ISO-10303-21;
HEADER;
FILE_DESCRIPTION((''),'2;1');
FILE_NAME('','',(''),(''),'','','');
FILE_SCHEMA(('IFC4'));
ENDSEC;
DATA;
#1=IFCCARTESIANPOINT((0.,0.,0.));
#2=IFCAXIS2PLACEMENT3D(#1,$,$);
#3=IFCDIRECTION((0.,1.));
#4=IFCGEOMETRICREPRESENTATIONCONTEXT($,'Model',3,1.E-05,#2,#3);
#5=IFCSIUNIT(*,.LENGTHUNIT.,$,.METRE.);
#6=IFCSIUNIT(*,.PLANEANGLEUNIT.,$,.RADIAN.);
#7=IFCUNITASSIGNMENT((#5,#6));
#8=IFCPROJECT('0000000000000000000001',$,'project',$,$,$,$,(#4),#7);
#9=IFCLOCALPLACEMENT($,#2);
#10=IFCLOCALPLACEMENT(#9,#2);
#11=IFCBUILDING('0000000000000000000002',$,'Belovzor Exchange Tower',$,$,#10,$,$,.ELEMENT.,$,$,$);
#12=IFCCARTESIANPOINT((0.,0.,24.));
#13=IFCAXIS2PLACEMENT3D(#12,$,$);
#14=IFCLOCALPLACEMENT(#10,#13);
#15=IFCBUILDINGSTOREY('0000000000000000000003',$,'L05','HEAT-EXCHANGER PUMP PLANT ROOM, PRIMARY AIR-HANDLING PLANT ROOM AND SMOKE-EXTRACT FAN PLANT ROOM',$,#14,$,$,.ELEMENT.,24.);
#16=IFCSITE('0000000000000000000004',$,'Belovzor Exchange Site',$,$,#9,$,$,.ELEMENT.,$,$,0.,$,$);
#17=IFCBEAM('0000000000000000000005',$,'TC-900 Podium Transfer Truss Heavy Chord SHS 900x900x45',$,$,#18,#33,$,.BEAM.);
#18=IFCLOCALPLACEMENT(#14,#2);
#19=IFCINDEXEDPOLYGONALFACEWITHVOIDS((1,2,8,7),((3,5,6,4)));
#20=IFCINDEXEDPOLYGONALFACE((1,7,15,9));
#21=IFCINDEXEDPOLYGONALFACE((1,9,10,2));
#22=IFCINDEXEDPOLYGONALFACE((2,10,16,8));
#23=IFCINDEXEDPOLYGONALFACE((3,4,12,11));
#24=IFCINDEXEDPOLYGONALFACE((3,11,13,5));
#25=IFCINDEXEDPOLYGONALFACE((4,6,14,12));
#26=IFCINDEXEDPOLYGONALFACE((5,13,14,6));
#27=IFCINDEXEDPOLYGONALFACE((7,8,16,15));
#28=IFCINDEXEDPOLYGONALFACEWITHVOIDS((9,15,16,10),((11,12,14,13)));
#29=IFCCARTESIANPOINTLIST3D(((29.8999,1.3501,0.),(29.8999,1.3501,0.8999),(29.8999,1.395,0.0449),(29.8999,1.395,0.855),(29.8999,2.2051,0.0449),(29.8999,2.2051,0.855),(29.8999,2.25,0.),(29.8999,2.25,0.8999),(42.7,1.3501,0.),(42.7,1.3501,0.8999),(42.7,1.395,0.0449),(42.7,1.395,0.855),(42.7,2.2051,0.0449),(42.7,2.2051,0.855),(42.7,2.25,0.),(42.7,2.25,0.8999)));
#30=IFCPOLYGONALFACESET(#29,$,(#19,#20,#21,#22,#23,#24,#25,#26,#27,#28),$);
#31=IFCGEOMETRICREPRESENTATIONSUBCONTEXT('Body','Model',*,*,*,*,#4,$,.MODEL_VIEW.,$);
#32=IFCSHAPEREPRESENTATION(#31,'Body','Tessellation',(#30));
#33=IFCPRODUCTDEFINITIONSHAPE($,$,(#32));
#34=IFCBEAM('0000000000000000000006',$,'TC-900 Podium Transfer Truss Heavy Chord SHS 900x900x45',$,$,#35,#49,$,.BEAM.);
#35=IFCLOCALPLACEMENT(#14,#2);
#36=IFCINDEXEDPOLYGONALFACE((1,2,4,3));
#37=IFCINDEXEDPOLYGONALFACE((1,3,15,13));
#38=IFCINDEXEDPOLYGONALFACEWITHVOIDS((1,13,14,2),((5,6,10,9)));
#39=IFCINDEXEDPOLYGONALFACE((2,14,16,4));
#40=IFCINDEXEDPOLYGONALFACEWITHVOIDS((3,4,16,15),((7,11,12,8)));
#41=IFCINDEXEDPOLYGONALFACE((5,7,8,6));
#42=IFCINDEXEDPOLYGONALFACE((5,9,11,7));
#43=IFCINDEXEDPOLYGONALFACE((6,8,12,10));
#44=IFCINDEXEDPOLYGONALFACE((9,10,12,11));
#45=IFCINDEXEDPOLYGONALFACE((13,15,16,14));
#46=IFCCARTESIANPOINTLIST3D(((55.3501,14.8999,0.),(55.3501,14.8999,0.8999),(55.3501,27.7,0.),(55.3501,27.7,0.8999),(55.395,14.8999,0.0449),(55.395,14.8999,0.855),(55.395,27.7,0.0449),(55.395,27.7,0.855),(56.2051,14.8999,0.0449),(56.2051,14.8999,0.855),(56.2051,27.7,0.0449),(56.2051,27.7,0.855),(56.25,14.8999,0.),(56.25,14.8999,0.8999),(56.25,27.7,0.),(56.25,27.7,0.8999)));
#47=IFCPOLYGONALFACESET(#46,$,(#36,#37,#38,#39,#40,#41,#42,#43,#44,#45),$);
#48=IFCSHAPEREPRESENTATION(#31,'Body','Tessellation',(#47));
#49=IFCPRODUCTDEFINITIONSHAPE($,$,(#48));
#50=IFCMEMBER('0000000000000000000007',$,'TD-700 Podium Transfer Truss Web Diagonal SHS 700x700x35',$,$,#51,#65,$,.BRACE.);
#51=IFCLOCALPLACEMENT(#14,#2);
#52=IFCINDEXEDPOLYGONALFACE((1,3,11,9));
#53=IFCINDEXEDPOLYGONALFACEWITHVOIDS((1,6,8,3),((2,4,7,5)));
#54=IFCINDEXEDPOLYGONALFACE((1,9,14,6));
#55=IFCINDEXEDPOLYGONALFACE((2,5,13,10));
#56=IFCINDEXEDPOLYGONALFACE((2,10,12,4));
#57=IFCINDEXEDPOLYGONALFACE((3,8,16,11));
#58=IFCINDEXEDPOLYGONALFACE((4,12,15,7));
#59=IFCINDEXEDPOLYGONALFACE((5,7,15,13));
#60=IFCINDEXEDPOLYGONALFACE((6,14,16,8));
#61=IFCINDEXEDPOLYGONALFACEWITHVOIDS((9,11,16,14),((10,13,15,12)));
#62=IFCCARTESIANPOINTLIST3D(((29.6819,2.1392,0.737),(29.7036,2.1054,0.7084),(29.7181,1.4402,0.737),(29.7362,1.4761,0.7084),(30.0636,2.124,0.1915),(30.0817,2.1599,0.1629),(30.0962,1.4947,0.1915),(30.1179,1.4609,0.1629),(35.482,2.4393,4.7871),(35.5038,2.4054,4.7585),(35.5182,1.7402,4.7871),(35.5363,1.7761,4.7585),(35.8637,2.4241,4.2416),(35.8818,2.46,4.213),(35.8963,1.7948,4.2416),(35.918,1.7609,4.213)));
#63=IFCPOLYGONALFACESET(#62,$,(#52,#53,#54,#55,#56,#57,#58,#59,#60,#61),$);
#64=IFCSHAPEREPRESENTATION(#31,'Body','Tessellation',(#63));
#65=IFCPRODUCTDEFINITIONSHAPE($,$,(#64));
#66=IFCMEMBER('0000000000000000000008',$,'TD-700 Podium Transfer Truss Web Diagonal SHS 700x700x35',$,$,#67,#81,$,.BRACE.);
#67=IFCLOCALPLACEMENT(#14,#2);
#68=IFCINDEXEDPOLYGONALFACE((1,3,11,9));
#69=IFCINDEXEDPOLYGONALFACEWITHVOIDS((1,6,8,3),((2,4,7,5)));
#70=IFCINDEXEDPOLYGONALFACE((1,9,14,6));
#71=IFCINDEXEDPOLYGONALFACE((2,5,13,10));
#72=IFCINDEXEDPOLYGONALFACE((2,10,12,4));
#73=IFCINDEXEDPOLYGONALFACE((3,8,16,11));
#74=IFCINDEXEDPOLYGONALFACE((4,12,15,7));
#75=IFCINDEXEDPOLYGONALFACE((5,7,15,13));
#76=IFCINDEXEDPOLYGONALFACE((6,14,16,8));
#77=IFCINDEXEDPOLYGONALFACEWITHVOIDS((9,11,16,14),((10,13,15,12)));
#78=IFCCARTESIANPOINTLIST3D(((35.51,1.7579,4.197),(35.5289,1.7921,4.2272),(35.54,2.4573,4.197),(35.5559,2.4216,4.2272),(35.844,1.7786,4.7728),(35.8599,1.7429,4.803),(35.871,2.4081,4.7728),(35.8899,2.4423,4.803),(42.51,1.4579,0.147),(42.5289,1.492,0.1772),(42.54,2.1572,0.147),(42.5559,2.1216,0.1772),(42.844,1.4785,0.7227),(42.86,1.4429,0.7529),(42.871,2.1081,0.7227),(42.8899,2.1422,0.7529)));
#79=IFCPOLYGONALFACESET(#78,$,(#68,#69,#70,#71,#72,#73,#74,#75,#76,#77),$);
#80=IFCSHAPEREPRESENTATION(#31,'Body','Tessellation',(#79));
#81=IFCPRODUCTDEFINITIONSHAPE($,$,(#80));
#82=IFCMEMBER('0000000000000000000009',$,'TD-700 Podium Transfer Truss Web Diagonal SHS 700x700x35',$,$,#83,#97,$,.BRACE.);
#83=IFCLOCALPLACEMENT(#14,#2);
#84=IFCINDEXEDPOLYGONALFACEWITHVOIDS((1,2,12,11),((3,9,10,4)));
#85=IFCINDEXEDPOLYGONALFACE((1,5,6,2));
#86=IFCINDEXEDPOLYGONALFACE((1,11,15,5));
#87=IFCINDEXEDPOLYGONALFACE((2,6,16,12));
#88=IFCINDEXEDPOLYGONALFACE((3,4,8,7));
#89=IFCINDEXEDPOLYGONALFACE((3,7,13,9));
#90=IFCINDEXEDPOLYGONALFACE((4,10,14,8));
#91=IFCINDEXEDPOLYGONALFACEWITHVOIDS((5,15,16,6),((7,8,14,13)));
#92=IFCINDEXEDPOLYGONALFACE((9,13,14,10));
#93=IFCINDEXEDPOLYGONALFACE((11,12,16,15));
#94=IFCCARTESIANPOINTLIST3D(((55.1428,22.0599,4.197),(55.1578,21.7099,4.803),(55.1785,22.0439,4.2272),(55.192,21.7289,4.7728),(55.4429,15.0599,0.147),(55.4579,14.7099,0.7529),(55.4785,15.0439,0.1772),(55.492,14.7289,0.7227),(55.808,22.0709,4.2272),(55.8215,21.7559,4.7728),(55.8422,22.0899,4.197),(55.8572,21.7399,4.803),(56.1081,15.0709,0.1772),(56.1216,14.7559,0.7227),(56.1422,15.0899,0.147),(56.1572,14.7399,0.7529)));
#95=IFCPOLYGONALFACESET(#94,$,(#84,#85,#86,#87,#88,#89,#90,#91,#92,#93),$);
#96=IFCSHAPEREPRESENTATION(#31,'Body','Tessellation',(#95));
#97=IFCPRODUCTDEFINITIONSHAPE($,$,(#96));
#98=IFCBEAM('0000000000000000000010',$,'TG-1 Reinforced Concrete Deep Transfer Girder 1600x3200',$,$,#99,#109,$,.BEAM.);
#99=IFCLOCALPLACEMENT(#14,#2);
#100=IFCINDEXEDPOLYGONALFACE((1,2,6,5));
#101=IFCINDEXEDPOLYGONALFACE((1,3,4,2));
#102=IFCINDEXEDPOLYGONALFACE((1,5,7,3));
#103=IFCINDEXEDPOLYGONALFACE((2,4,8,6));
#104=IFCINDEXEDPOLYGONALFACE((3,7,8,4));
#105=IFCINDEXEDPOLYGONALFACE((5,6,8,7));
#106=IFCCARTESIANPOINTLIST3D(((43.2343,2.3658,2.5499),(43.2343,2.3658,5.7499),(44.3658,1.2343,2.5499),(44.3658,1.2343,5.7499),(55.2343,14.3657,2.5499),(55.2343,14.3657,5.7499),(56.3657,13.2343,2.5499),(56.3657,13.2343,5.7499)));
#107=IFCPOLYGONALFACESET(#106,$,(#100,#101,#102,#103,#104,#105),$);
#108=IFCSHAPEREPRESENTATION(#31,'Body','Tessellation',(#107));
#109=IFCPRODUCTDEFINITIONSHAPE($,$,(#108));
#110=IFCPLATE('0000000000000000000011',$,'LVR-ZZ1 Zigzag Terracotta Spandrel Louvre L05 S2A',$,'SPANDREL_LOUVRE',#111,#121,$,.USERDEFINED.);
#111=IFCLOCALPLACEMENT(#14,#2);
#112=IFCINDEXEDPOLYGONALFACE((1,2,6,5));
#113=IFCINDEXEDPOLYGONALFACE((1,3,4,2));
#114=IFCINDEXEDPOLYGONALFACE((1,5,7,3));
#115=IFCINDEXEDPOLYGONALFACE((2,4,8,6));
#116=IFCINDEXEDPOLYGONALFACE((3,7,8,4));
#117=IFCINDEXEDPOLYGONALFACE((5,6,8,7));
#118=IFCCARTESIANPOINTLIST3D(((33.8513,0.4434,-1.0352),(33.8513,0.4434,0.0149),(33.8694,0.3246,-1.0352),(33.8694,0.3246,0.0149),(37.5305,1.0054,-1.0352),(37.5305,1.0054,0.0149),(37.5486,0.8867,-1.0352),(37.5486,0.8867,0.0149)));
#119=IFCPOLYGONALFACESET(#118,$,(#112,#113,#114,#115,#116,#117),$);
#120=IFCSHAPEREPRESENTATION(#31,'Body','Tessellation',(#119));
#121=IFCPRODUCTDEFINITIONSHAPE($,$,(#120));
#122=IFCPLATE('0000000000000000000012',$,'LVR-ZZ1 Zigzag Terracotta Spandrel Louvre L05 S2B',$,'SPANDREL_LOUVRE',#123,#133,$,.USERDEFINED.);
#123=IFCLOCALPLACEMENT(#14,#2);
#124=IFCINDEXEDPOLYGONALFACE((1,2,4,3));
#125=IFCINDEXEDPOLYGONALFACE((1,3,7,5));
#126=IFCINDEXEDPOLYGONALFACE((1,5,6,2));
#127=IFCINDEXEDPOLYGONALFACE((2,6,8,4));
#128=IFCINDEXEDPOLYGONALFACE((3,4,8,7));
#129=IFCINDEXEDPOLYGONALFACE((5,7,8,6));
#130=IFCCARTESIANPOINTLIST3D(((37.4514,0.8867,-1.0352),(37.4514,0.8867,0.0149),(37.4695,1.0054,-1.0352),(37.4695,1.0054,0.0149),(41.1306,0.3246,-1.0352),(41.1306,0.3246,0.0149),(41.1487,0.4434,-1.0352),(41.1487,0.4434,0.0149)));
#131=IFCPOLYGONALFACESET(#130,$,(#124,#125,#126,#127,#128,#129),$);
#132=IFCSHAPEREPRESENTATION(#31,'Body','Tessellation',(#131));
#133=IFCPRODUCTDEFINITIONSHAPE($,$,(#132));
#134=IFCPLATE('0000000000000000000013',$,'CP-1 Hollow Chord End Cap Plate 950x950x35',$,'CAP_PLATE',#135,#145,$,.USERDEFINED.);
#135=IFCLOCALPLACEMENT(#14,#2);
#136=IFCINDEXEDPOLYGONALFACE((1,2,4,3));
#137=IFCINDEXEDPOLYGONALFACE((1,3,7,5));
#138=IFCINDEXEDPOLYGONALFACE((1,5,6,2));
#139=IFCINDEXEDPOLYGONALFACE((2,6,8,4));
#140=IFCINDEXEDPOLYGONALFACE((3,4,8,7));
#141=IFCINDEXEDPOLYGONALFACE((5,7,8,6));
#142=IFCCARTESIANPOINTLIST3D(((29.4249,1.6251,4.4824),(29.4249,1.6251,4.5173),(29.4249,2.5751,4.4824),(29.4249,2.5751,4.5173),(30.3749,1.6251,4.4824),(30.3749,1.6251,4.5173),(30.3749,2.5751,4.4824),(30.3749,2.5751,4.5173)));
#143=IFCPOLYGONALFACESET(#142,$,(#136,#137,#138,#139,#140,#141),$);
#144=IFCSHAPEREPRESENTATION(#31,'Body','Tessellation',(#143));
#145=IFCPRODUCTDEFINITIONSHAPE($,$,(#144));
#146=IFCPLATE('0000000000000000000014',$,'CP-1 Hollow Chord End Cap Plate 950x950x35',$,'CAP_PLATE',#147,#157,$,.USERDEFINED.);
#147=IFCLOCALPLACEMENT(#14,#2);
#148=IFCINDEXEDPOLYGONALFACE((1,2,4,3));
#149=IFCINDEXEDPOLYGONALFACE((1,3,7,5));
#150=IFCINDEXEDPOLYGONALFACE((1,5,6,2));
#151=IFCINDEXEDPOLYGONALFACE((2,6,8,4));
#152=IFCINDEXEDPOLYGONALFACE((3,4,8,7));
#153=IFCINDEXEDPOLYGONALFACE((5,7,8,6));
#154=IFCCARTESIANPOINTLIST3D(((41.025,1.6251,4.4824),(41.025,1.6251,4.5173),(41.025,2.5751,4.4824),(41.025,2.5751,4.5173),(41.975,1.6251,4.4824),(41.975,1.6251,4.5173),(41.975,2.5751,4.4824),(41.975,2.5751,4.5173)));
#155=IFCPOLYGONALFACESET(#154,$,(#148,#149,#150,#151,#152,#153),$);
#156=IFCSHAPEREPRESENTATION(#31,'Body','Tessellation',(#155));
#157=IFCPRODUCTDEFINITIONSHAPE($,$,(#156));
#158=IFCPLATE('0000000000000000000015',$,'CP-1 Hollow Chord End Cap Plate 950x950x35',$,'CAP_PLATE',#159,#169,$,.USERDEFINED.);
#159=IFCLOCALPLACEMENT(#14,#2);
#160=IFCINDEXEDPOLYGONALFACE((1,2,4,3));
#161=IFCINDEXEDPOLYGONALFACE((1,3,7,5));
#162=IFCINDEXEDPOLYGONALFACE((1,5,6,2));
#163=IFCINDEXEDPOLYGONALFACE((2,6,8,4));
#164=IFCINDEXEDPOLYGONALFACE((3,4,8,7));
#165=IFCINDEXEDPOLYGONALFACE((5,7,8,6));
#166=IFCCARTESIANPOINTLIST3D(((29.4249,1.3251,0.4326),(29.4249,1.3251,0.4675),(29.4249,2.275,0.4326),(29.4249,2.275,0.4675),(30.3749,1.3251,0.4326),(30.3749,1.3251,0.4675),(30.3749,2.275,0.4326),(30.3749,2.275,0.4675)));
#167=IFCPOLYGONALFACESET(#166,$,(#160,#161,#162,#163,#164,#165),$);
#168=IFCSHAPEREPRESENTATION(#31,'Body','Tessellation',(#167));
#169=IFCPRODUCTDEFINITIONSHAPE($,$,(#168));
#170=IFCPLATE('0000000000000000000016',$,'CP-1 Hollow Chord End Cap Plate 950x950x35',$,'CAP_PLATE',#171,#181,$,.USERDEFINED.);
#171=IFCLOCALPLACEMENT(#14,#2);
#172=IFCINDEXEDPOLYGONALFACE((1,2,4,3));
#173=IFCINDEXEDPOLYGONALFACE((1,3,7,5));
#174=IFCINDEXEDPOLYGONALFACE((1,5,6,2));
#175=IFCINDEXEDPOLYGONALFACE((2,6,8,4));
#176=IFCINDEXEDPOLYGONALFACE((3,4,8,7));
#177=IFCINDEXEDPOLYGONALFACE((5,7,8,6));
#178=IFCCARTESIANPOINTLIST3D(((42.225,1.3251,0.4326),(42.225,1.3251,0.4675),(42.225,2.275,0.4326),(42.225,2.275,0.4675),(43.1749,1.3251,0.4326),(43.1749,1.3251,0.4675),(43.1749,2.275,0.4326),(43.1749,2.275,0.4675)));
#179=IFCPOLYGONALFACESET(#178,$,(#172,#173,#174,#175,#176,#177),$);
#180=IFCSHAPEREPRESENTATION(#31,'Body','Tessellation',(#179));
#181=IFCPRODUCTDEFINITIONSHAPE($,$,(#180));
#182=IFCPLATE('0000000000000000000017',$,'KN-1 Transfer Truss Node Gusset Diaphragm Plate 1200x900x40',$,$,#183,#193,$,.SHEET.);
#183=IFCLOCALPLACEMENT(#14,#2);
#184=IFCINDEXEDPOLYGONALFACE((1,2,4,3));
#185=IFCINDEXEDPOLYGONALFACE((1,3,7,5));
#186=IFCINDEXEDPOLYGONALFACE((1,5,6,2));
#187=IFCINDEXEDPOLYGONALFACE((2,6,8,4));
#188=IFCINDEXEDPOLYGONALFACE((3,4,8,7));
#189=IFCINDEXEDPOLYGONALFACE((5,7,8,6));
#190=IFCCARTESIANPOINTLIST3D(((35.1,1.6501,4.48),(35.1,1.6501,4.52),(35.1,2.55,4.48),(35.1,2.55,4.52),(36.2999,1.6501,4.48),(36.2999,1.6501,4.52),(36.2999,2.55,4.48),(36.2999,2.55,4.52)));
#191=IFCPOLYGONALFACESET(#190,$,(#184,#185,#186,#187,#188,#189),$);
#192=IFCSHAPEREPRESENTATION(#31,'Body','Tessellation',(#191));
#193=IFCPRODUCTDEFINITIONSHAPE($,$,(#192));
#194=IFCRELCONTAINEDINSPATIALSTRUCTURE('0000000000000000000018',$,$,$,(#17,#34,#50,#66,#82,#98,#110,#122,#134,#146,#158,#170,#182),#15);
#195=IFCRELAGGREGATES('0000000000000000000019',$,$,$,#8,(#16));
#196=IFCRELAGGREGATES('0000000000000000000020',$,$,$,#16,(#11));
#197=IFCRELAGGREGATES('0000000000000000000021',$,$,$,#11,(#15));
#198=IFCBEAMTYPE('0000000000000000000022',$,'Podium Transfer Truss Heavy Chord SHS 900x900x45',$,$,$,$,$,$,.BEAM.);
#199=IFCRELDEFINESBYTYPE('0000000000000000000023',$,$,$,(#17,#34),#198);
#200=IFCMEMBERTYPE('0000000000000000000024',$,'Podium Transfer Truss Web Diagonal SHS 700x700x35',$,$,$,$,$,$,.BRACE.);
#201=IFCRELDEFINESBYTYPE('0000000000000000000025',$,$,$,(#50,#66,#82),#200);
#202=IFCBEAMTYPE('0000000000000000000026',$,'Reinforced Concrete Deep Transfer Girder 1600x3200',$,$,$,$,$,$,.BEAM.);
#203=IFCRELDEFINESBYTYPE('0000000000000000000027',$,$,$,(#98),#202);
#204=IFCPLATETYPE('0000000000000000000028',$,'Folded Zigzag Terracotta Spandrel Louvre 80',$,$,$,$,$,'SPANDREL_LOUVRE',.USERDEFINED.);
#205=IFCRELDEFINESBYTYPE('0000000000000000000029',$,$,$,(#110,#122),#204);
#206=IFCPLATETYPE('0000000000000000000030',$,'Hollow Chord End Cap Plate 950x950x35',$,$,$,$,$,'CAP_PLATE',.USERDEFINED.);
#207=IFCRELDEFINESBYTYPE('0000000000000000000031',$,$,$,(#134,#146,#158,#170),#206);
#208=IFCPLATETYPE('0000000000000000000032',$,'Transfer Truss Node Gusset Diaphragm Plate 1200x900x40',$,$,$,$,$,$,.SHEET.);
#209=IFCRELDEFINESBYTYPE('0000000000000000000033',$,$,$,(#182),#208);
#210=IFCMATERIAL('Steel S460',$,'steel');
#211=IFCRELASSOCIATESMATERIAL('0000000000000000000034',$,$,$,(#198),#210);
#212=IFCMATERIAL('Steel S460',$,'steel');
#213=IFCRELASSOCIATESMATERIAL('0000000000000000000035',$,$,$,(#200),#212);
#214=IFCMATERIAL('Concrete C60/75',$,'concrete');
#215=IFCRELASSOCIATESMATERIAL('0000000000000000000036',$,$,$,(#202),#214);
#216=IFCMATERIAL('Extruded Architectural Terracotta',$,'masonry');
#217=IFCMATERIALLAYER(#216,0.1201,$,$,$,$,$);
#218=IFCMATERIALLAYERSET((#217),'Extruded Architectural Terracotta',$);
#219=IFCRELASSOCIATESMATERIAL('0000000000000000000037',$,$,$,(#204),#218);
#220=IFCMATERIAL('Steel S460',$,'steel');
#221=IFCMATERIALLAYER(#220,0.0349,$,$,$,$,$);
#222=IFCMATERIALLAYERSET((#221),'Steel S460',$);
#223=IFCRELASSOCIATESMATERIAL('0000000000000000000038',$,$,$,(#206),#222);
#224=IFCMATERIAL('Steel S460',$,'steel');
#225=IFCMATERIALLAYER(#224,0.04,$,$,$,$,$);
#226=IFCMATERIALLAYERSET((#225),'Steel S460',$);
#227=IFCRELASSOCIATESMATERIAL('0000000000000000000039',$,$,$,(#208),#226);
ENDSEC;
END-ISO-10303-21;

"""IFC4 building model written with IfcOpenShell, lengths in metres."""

from ifc_helpers import new_model, si_unit, direction, frame, origin, origin_2d, place, context, subcontext, project, spatial, rectangle, hollow_rectangle, extrude, material, layer, layer_set, material_profile, profile_set, type_object, element, save


model = new_model("IFC4")

# Units and contexts
model_context = context("Model", 3, precision=1e-05, world=origin(), true_north=direction((0.0, 1.0)))
body_context = subcontext(model_context, "Body", "Model", "MODEL_VIEW")
ifc_project = project(units=[si_unit("LENGTHUNIT", "METRE"), si_unit("PLANEANGLEUNIT", "RADIAN")], contexts=[model_context])

# Site, building, storey
site_placement = place(None, origin())
site = spatial("IfcSite", under=ifc_project, at=site_placement, Name="Belovzor Exchange Site", CompositionType="ELEMENT", RefElevation=0.0)
building_placement = place(site_placement, origin())
building = spatial("IfcBuilding", under=site, at=building_placement, Name="Belovzor Exchange Tower", CompositionType="ELEMENT")
storey_placement = place(building_placement, frame((0.0, 0.0, 24.0)))
storey = spatial("IfcBuildingStorey", under=building, at=storey_placement, Name="L05", Description="HEAT-EXCHANGER PUMP PLANT ROOM, PRIMARY AIR-HANDLING PLANT ROOM AND SMOKE-EXTRACT FAN PLANT ROOM", CompositionType="ELEMENT", Elevation=24.0)

# Beams
ifc_material_1 = material(Name="Steel S460", Category="steel")
ifc_material_profile_1 = material_profile(ifc_material_1, hollow_rectangle(XDim=0.8999, YDim=0.8999, WallThickness=0.0449, at=origin_2d()))
ifc_profile_set_1 = profile_set([ifc_material_profile_1], Name="Steel S460")
beam_type_1 = type_object("IfcBeamType", Name="Podium Transfer Truss Heavy Chord SHS 900x900x45", PredefinedType="BEAM", material=ifc_profile_set_1)
for number, where, z_axis, x_axis, name in (
    (1, (29.8999, 1.8, 0.45), (1.0, 0.0, 0.0), (0.0, 1.0, 0.0), "TC-900 Podium Transfer Truss Heavy Chord SHS 900x900x45"),
    (2, (55.8, 14.8999, 0.45), (0.0, 1.0, 0.0), (-1.0, 0.0, 0.0), "TC-900 Podium Transfer Truss Heavy Chord SHS 900x900x45"),
):
    element("IfcBeam", number, at=place(storey_placement, frame(where, z_axis=z_axis, x_axis=x_axis)), inside=storey, type_object=beam_type_1, Name=name, PredefinedType="BEAM", context=body_context, shape_type="SweptSolid", body=[
        extrude(hollow_rectangle(XDim=0.8999, YDim=0.8999, WallThickness=0.0449, at=origin_2d()), origin(), (0.0, 0.0, 1.0), 12.8),
    ])

# Members
ifc_material_2 = material(Name="Steel S460", Category="steel")
ifc_material_profile_2 = material_profile(ifc_material_2, hollow_rectangle(XDim=0.7, YDim=0.7, WallThickness=0.0349, at=origin_2d()))
ifc_profile_set_2 = profile_set([ifc_material_profile_2], Name="Steel S460")
member_type_1 = type_object("IfcMemberType", Name="Podium Transfer Truss Web Diagonal SHS 700x700x35", PredefinedType="BRACE", material=ifc_profile_set_2)
member_placement = place(storey_placement, frame((29.8999, 1.8, 0.45), z_axis=(0.819158, 0.042377, 0.572), x_axis=(-0.051663, 0.998665, 0.0)))
element("IfcMember", 3, at=member_placement, inside=storey, type_object=member_type_1, Name="TD-700 Podium Transfer Truss Web Diagonal SHS 700x700x35", PredefinedType="BRACE", context=body_context, shape_type="SweptSolid", body=[
    extrude(hollow_rectangle(XDim=0.7, YDim=0.7, WallThickness=0.0349, at=origin_2d()), origin(), (0.0, 0.0, 1.0), 7.0806),
])
for number, where, z_axis, x_axis, name in (
    (4, (35.7, 2.1001, 4.5), (0.86497, -0.037076, -0.500453), (0.042825, 0.999083, 0.0), "TD-700 Podium Transfer Truss Web Diagonal SHS 700x700x35"),
    (5, (55.8, 14.8999, 0.45), (-0.037076, 0.86497, 0.500453), (-0.999083, -0.042825, 0.0), "TD-700 Podium Transfer Truss Web Diagonal SHS 700x700x35"),
):
    element("IfcMember", number, at=place(storey_placement, frame(where, z_axis=z_axis, x_axis=x_axis)), inside=storey, type_object=member_type_1, Name=name, PredefinedType="BRACE", context=body_context, shape_type="SweptSolid", body=[
        extrude(hollow_rectangle(XDim=0.7, YDim=0.7, WallThickness=0.0349, at=origin_2d()), origin(), (0.0, 0.0, 1.0), 8.0928),
    ])

# Beam
ifc_material_3 = material(Name="Concrete C60/75", Category="concrete")
ifc_material_profile_3 = material_profile(ifc_material_3, rectangle(XDim=1.6001, YDim=3.2, at=origin_2d()))
ifc_profile_set_3 = profile_set([ifc_material_profile_3], Name="Concrete C60/75")
beam_type_2 = type_object("IfcBeamType", Name="Reinforced Concrete Deep Transfer Girder 1600x3200", PredefinedType="BEAM", material=ifc_profile_set_3)
beam_1_placement = place(storey_placement, frame((43.8, 1.8, 4.1499), z_axis=(0.707107, 0.707107, 0.0), x_axis=(-0.707107, 0.707107, 0.0)))
element("IfcBeam", 6, at=beam_1_placement, inside=storey, type_object=beam_type_2, Name="TG-1 Reinforced Concrete Deep Transfer Girder 1600x3200", PredefinedType="BEAM", context=body_context, shape_type="SweptSolid", body=[
    extrude(rectangle(XDim=1.6001, YDim=3.2, at=origin_2d()), origin(), (0.0, 0.0, 1.0), 16.9705),
])

# Plates
ifc_material_4 = material(Name="Extruded Architectural Terracotta", Category="masonry")
ifc_layer_1 = layer(ifc_material_4, 0.1201)
ifc_layer_set_1 = layer_set([ifc_layer_1], Name="Extruded Architectural Terracotta")
plate_type_1 = type_object("IfcPlateType", Name="Folded Zigzag Terracotta Spandrel Louvre 80", ElementType="SPANDREL_LOUVRE", PredefinedType="USERDEFINED", material=ifc_layer_set_1)
for number, where, z_axis, x_axis, name in (
    (7, (35.7, 0.665, -1.0352), (0.0, 0.0, 1.0), (0.988531, 0.151019, 0.0), "LVR-ZZ1 Zigzag Terracotta Spandrel Louvre L05 S2A"),
    (8, (39.3, 0.665, -1.0352), (0.0, 0.0, 1.0), (0.988531, -0.151019, 0.0), "LVR-ZZ1 Zigzag Terracotta Spandrel Louvre L05 S2B"),
):
    element("IfcPlate", number, at=place(storey_placement, frame(where, z_axis=z_axis, x_axis=x_axis)), inside=storey, type_object=plate_type_1, Name=name, ObjectType="SPANDREL_LOUVRE", PredefinedType="USERDEFINED", context=body_context, shape_type="SweptSolid", body=[
        extrude(rectangle(XDim=3.7219, YDim=0.1201, at=origin_2d()), origin(), (0.0, 0.0, 1.0), 1.05),
    ])
ifc_material_5 = material(Name="Steel S460", Category="steel")
ifc_layer_2 = layer(ifc_material_5, 0.0349)
ifc_layer_set_2 = layer_set([ifc_layer_2], Name="Steel S460")
plate_type_2 = type_object("IfcPlateType", Name="Hollow Chord End Cap Plate 950x950x35", ElementType="CAP_PLATE", PredefinedType="USERDEFINED", material=ifc_layer_set_2)
for number, where, z_axis, x_axis, name in (
    (9, (29.8999, 2.1001, 4.4824), (0.0, 0.0, 1.0), (1.0, 0.0, 0.0), "CP-1 Hollow Chord End Cap Plate 950x950x35"),
    (10, (41.5, 2.1001, 4.4824), (0.0, 0.0, 1.0), (1.0, 0.0, 0.0), "CP-1 Hollow Chord End Cap Plate 950x950x35"),
    (11, (29.8999, 1.8, 0.4326), (0.0, 0.0, 1.0), (1.0, 0.0, 0.0), "CP-1 Hollow Chord End Cap Plate 950x950x35"),
    (12, (42.7, 1.8, 0.4326), (0.0, 0.0, 1.0), (1.0, 0.0, 0.0), "CP-1 Hollow Chord End Cap Plate 950x950x35"),
):
    element("IfcPlate", number, at=place(storey_placement, frame(where, z_axis=z_axis, x_axis=x_axis)), inside=storey, type_object=plate_type_2, Name=name, ObjectType="CAP_PLATE", PredefinedType="USERDEFINED", context=body_context, shape_type="SweptSolid", body=[
        extrude(rectangle(XDim=0.95, YDim=0.95, at=origin_2d()), origin(), (0.0, 0.0, 1.0), 0.0349),
    ])
ifc_material_6 = material(Name="Steel S460", Category="steel")
ifc_layer_3 = layer(ifc_material_6, 0.04)
ifc_layer_set_3 = layer_set([ifc_layer_3], Name="Steel S460")
plate_type_3 = type_object("IfcPlateType", Name="Transfer Truss Node Gusset Diaphragm Plate 1200x900x40", PredefinedType="SHEET", material=ifc_layer_set_3)
plate_placement = place(storey_placement, frame((35.7, 2.1001, 4.48), z_axis=(0.0, 0.0, 1.0), x_axis=(1.0, 0.0, 0.0)))
element("IfcPlate", 13, at=plate_placement, inside=storey, type_object=plate_type_3, Name="KN-1 Transfer Truss Node Gusset Diaphragm Plate 1200x900x40", PredefinedType="SHEET", context=body_context, shape_type="SweptSolid", body=[
    extrude(rectangle(XDim=1.2, YDim=0.8999, at=origin_2d()), origin(), (0.0, 0.0, 1.0), 0.04),
])

save(model, "model.ifc")
